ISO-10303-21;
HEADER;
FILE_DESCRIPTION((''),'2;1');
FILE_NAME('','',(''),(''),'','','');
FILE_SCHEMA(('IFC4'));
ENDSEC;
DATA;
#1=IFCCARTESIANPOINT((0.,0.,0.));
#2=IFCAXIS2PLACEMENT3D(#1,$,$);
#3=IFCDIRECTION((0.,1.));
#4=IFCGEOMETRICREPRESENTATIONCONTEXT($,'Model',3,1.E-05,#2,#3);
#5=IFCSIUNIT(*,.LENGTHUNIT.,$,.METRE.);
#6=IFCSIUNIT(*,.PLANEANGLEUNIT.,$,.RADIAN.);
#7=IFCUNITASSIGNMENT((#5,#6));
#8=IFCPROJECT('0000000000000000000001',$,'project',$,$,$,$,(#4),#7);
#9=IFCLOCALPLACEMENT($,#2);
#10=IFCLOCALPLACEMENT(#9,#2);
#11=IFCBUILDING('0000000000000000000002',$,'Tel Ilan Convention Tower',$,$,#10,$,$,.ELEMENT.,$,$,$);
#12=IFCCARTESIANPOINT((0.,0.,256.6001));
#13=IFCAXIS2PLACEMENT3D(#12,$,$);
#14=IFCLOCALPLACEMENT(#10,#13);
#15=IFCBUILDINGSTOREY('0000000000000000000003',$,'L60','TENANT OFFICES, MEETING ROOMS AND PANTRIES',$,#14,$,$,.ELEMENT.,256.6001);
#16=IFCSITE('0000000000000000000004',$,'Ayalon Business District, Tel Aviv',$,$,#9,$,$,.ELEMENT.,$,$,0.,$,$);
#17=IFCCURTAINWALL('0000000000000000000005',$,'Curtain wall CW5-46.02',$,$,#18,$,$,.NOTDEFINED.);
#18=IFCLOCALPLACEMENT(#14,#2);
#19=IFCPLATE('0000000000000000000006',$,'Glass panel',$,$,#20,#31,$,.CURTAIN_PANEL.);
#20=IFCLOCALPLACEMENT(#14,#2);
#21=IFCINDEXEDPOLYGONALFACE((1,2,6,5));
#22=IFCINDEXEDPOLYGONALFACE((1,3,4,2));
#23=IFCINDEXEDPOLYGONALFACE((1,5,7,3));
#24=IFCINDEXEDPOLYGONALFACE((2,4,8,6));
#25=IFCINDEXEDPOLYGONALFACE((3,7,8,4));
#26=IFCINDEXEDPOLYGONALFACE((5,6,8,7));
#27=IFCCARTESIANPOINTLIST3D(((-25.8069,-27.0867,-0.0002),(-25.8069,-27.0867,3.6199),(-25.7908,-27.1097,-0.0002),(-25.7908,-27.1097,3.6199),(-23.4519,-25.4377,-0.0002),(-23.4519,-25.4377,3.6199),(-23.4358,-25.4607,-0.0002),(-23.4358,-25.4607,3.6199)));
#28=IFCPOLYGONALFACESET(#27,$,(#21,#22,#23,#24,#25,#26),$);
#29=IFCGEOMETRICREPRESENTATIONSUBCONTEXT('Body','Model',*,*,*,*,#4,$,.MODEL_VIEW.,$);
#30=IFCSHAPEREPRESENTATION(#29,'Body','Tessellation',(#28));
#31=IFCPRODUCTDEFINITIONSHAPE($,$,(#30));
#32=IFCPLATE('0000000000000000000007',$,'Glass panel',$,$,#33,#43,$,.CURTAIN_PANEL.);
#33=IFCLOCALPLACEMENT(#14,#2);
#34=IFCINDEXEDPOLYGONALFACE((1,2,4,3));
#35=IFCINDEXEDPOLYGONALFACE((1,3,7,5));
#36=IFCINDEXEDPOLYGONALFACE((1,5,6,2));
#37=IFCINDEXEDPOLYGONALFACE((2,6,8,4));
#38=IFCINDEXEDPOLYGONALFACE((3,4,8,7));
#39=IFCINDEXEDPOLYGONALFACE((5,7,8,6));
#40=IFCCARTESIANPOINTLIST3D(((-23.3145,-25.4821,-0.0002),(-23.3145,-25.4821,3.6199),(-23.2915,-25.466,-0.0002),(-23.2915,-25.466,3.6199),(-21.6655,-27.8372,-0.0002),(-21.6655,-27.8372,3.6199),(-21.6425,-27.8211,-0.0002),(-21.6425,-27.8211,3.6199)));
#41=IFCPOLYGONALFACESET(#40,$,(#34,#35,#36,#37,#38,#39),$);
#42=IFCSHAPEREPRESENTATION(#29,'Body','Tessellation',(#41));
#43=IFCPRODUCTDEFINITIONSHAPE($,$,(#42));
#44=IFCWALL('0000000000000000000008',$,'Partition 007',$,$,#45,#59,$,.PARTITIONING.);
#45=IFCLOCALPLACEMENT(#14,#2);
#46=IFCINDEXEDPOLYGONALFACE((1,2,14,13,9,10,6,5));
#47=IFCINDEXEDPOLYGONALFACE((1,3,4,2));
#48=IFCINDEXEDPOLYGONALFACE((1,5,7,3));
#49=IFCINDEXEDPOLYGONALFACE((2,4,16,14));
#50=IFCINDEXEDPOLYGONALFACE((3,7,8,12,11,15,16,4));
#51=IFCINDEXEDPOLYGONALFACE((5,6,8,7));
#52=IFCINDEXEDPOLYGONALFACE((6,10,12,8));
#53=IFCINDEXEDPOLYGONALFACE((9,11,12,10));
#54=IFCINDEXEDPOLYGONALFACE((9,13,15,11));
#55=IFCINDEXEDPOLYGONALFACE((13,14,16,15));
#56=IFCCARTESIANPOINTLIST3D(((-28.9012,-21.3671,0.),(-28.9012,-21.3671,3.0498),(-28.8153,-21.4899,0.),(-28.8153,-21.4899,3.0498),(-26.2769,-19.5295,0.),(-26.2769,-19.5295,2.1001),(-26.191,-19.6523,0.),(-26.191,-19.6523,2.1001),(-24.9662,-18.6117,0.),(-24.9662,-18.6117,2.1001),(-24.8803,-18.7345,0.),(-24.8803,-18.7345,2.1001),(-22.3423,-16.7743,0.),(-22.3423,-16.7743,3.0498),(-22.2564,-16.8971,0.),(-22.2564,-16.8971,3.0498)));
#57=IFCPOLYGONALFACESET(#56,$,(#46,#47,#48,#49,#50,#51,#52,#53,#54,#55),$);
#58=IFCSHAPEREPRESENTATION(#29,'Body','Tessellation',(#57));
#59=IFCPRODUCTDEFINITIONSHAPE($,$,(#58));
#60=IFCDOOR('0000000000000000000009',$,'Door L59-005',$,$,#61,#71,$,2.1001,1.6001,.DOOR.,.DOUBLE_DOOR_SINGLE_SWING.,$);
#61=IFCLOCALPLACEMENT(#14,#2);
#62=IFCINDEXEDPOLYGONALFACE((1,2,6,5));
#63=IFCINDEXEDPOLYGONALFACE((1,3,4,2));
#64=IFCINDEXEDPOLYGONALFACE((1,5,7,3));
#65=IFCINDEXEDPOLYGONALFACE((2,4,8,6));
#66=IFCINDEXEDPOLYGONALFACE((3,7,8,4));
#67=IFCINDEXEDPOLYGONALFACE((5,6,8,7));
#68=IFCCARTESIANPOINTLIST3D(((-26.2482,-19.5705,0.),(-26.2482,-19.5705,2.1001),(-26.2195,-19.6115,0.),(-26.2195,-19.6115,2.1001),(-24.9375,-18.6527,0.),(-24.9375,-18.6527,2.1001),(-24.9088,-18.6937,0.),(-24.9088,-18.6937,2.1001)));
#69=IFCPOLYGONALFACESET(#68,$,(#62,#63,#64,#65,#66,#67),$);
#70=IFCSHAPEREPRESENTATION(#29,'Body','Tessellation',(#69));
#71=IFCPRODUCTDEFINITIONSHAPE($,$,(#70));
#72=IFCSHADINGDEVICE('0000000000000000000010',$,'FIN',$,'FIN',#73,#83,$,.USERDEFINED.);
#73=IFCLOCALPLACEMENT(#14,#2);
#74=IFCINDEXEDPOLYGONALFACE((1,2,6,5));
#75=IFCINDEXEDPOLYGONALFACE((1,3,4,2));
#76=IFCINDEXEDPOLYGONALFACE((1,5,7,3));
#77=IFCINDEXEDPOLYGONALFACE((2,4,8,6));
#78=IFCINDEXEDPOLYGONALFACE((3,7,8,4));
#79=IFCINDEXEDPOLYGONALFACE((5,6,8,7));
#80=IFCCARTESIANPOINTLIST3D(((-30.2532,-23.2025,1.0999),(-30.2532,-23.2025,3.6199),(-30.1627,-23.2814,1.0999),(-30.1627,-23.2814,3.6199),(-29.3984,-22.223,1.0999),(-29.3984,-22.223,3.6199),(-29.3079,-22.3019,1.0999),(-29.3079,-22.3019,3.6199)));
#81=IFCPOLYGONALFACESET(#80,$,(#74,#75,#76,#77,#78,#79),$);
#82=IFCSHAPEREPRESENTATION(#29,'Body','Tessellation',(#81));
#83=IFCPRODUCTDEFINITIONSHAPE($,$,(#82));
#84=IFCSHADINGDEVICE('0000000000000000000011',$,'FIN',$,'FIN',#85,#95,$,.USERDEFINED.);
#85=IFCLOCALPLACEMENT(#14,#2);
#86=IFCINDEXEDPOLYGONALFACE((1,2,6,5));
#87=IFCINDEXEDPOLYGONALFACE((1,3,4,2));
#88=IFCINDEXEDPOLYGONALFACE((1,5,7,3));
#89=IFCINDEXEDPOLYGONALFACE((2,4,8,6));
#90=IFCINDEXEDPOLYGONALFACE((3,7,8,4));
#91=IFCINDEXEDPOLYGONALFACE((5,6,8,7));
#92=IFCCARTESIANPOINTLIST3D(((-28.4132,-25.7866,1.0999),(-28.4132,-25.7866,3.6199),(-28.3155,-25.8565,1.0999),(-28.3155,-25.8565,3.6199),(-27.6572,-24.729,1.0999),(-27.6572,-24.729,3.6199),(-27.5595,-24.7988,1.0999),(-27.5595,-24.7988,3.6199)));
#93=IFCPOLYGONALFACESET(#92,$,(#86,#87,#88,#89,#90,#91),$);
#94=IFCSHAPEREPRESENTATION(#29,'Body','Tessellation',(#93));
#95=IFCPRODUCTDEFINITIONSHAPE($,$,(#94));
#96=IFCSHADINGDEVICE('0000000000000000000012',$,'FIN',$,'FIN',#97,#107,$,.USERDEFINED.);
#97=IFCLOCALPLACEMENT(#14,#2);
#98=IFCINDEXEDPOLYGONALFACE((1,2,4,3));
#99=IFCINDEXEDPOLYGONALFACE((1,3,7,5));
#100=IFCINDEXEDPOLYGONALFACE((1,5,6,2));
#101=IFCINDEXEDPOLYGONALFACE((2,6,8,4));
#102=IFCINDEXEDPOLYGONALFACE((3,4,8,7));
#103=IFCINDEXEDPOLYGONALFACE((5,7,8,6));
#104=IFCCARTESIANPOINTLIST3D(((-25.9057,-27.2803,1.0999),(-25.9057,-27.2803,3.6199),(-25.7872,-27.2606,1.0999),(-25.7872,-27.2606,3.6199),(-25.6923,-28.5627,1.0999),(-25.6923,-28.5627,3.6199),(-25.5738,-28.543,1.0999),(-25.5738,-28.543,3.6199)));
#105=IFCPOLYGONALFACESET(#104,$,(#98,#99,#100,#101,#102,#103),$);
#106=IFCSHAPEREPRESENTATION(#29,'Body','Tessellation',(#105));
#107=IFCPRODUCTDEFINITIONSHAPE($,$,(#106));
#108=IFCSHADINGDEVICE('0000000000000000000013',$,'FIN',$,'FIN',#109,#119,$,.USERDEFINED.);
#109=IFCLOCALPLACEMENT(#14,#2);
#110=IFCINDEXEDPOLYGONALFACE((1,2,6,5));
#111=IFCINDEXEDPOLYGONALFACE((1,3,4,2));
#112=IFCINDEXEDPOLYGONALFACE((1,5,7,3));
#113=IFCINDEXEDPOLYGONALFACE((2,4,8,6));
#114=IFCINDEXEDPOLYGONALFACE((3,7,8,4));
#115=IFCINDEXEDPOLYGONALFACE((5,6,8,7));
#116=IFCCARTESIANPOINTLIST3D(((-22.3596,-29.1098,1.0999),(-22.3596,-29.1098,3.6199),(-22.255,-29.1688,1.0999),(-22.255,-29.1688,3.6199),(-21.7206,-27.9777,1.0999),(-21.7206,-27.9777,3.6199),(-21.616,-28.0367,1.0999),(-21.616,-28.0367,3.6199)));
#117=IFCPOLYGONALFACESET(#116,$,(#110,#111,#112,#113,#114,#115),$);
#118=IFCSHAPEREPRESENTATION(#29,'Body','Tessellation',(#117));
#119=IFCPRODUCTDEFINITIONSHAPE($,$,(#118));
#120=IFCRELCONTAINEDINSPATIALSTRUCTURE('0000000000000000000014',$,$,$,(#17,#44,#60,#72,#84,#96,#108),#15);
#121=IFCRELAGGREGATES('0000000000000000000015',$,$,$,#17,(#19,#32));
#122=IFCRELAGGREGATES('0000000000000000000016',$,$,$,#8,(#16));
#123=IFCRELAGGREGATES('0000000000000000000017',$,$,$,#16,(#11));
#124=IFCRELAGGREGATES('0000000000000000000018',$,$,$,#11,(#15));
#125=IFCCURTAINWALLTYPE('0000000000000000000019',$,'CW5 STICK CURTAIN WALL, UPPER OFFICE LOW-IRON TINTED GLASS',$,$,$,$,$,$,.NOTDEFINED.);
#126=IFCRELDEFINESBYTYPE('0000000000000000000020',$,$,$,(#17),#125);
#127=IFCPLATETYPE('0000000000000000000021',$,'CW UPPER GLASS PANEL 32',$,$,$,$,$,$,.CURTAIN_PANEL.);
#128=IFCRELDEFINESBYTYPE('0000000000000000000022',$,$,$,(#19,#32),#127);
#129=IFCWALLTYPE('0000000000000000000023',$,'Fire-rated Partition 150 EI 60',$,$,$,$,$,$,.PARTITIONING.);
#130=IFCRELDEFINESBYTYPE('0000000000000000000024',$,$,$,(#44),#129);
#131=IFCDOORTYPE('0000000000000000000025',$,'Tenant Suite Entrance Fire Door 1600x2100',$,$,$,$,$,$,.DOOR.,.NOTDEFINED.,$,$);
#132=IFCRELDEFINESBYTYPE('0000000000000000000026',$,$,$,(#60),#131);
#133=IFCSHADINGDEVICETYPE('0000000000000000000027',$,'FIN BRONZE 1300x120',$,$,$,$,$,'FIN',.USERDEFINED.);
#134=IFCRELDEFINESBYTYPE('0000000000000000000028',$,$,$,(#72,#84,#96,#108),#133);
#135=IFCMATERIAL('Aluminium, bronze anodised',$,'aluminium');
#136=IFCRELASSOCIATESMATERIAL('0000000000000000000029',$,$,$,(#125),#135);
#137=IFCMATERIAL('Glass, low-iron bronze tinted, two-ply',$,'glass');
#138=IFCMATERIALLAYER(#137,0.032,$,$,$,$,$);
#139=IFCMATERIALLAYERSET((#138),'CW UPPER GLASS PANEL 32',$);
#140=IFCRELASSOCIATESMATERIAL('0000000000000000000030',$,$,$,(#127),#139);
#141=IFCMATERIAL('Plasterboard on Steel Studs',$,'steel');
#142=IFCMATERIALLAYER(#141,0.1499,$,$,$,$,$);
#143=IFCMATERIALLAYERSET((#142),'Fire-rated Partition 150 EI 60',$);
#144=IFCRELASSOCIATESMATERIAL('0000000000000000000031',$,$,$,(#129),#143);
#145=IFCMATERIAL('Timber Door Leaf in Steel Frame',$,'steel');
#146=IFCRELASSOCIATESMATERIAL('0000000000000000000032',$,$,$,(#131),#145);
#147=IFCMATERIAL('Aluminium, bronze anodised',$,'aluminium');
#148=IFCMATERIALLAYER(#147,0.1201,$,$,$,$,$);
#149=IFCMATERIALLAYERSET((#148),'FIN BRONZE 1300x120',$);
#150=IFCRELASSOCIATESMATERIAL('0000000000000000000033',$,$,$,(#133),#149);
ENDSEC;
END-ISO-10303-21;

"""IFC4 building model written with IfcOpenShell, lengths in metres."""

from ifc_helpers import new_model, si_unit, direction, frame, frame_2d, origin, origin_2d, place, context, subcontext, project, spatial, rectangle, extrude, material, layer, layer_set, type_object, element, fill, aggregate, save


model = new_model("IFC4")

# Units and contexts
model_context = context("Model", 3, precision=1e-05, world=origin(), true_north=direction((0.0, 1.0)))
body_context = subcontext(model_context, "Body", "Model", "MODEL_VIEW")
ifc_project = project(units=[si_unit("LENGTHUNIT", "METRE"), si_unit("PLANEANGLEUNIT", "RADIAN")], contexts=[model_context])

# Site, building, storey
site_placement = place(None, origin())
site = spatial("IfcSite", under=ifc_project, at=site_placement, Name="Ayalon Business District, Tel Aviv", CompositionType="ELEMENT", RefElevation=0.0)
building_placement = place(site_placement, origin())
building = spatial("IfcBuilding", under=site, at=building_placement, Name="Tel Ilan Convention Tower", CompositionType="ELEMENT")
storey_placement = place(building_placement, frame((0.0, 0.0, 256.6001)))
storey = spatial("IfcBuildingStorey", under=building, at=storey_placement, Name="L60", Description="TENANT OFFICES, MEETING ROOMS AND PANTRIES", CompositionType="ELEMENT", Elevation=256.6001)

# Curtain wall, plates
ifc_material_1 = material(Name="Aluminium, bronze anodised", Category="aluminium")
curtain_wall_type = type_object("IfcCurtainWallType", Name="CW5 STICK CURTAIN WALL, UPPER OFFICE LOW-IRON TINTED GLASS", PredefinedType="NOTDEFINED", material=ifc_material_1)
curtain_wall_placement = place(storey_placement, origin())
curtain_wall = element("IfcCurtainWall", 1, at=curtain_wall_placement, inside=storey, type_object=curtain_wall_type, Name="Curtain wall CW5-46.02", PredefinedType="NOTDEFINED")
ifc_material_2 = material(Name="Glass, low-iron bronze tinted, two-ply", Category="glass")
ifc_layer_1 = layer(ifc_material_2, 0.032)
ifc_layer_set_1 = layer_set([ifc_layer_1], Name="CW UPPER GLASS PANEL 32")
plate_type = type_object("IfcPlateType", Name="CW UPPER GLASS PANEL 32", PredefinedType="CURTAIN_PANEL", material=ifc_layer_set_1)
plate_1_placement = place(storey_placement, frame((-24.6213, -26.2737, -0.0002), z_axis=(0.0, 0.0, 1.0), x_axis=(0.819152, 0.573576, 0.0)))
plate_1 = element("IfcPlate", 2, at=plate_1_placement, type_object=plate_type, Name="Glass panel", PredefinedType="CURTAIN_PANEL", context=body_context, shape_type="SweptSolid", body=[
    extrude(rectangle(XDim=2.875, YDim=0.0281, at=origin_2d()), origin(), (0.0, 0.0, 1.0), 3.6201),
])
plate_2_placement = place(storey_placement, frame((-22.4785, -26.6516, -0.0002), z_axis=(0.0, 0.0, 1.0), x_axis=(0.573576, -0.819152, 0.0)))
plate_2 = element("IfcPlate", 3, at=plate_2_placement, type_object=plate_type, Name="Glass panel", PredefinedType="CURTAIN_PANEL", context=body_context, shape_type="SweptSolid", body=[
    extrude(rectangle(XDim=2.875, YDim=0.0281, at=origin_2d()), origin(), (0.0, 0.0, 1.0), 3.6201),
])
aggregate(curtain_wall, [plate_1, plate_2])

# Wall, opening, door
ifc_material_3 = material(Name="Plasterboard on Steel Studs", Category="steel")
ifc_layer_2 = layer(ifc_material_3, 0.1499)
ifc_layer_set_2 = layer_set([ifc_layer_2], Name="Fire-rated Partition 150 EI 60")
wall_type = type_object("IfcWallType", Name="Fire-rated Partition 150 EI 60", PredefinedType="PARTITIONING", material=ifc_layer_set_2)
wall_placement = place(storey_placement, frame((-28.8582, -21.4285, 0.0), z_axis=(0.0, 0.0, 1.0), x_axis=(0.819139, 0.573595, 0.0)))
wall = element("IfcWall", 4, at=wall_placement, inside=storey, type_object=wall_type, Name="Partition 007", PredefinedType="PARTITIONING", context=body_context, shape_type="SweptSolid", body=[
    extrude(rectangle(XDim=8.0071, YDim=0.1499, at=frame_2d((4.0034, 0.0))), origin(), (0.0, 0.0, 1.0), 3.0498),
])
opening_placement = place(wall_placement, frame((3.2036, 0.0, 0.0)))
opening = element("IfcOpeningElement", 5, at=opening_placement, cuts=wall, PredefinedType="OPENING", context=body_context, shape_type="SweptSolid", body=[
    extrude(rectangle(XDim=1.6001, YDim=2.1001, at=frame_2d((0.8, 1.05))), frame((0.0, 0.085, 0.0), z_axis=(0.0, -1.0, 0.0), x_axis=(1.0, 0.0, 0.0)), (0.0, 0.0, 1.0), 0.1699),
])
ifc_material_4 = material(Name="Timber Door Leaf in Steel Frame", Category="steel")
door_type = type_object("IfcDoorType", Name="Tenant Suite Entrance Fire Door 1600x2100", OperationType="NOTDEFINED", PredefinedType="DOOR", material=ifc_material_4)
door_placement = place(opening_placement, origin())
door = element("IfcDoor", 6, at=door_placement, inside=storey, type_object=door_type, Name="Door L59-005", OperationType="DOUBLE_DOOR_SINGLE_SWING", OverallHeight=2.1001, OverallWidth=1.6001, PredefinedType="DOOR", context=body_context, shape_type="SweptSolid", body=[
    extrude(rectangle(XDim=1.6001, YDim=2.1001, at=frame_2d((0.8, 1.05))), frame((0.0, 0.0249, 0.0), z_axis=(0.0, -1.0, 0.0), x_axis=(1.0, 0.0, 0.0)), (0.0, 0.0, 1.0), 0.05),
])
fill(opening, door)

# Shading devices
ifc_material_5 = material(Name="Aluminium, bronze anodised", Category="aluminium")
ifc_layer_3 = layer(ifc_material_5, 0.1201)
ifc_layer_set_3 = layer_set([ifc_layer_3], Name="FIN BRONZE 1300x120")
shading_device_type = type_object("IfcShadingDeviceType", Name="FIN BRONZE 1300x120", ElementType="FIN", PredefinedType="USERDEFINED", material=ifc_layer_set_3)
for number, where, z_axis, x_axis, name in (
    (7, (-29.7805, -22.7522, 1.0999), (0.0, 0.0, 1.0), (-0.657521, -0.753436, 0.0), "FIN"),
    (8, (-27.9863, -25.2927, 1.0999), (0.0, 0.0, 1.0), (-0.581492, -0.813552, 0.0), "FIN"),
    (9, (-25.7397, -27.9116, 1.0999), (0.0, 0.0, 1.0), (0.164091, -0.986445, 0.0), "FIN"),
    (10, (-21.9878, -28.5732, 1.0999), (0.0, 0.0, 1.0), (-0.491579, -0.870833, 0.0), "FIN"),
):
    element("IfcShadingDevice", number, at=place(storey_placement, frame(where, z_axis=z_axis, x_axis=x_axis)), inside=storey, type_object=shading_device_type, Name=name, ObjectType="FIN", PredefinedType="USERDEFINED", context=body_context, shape_type="SweptSolid", body=[
        extrude(rectangle(XDim=1.3, YDim=0.1201, at=origin_2d()), origin(), (0.0, 0.0, 1.0), 2.52),
    ])

save(model, "model.ifc")
